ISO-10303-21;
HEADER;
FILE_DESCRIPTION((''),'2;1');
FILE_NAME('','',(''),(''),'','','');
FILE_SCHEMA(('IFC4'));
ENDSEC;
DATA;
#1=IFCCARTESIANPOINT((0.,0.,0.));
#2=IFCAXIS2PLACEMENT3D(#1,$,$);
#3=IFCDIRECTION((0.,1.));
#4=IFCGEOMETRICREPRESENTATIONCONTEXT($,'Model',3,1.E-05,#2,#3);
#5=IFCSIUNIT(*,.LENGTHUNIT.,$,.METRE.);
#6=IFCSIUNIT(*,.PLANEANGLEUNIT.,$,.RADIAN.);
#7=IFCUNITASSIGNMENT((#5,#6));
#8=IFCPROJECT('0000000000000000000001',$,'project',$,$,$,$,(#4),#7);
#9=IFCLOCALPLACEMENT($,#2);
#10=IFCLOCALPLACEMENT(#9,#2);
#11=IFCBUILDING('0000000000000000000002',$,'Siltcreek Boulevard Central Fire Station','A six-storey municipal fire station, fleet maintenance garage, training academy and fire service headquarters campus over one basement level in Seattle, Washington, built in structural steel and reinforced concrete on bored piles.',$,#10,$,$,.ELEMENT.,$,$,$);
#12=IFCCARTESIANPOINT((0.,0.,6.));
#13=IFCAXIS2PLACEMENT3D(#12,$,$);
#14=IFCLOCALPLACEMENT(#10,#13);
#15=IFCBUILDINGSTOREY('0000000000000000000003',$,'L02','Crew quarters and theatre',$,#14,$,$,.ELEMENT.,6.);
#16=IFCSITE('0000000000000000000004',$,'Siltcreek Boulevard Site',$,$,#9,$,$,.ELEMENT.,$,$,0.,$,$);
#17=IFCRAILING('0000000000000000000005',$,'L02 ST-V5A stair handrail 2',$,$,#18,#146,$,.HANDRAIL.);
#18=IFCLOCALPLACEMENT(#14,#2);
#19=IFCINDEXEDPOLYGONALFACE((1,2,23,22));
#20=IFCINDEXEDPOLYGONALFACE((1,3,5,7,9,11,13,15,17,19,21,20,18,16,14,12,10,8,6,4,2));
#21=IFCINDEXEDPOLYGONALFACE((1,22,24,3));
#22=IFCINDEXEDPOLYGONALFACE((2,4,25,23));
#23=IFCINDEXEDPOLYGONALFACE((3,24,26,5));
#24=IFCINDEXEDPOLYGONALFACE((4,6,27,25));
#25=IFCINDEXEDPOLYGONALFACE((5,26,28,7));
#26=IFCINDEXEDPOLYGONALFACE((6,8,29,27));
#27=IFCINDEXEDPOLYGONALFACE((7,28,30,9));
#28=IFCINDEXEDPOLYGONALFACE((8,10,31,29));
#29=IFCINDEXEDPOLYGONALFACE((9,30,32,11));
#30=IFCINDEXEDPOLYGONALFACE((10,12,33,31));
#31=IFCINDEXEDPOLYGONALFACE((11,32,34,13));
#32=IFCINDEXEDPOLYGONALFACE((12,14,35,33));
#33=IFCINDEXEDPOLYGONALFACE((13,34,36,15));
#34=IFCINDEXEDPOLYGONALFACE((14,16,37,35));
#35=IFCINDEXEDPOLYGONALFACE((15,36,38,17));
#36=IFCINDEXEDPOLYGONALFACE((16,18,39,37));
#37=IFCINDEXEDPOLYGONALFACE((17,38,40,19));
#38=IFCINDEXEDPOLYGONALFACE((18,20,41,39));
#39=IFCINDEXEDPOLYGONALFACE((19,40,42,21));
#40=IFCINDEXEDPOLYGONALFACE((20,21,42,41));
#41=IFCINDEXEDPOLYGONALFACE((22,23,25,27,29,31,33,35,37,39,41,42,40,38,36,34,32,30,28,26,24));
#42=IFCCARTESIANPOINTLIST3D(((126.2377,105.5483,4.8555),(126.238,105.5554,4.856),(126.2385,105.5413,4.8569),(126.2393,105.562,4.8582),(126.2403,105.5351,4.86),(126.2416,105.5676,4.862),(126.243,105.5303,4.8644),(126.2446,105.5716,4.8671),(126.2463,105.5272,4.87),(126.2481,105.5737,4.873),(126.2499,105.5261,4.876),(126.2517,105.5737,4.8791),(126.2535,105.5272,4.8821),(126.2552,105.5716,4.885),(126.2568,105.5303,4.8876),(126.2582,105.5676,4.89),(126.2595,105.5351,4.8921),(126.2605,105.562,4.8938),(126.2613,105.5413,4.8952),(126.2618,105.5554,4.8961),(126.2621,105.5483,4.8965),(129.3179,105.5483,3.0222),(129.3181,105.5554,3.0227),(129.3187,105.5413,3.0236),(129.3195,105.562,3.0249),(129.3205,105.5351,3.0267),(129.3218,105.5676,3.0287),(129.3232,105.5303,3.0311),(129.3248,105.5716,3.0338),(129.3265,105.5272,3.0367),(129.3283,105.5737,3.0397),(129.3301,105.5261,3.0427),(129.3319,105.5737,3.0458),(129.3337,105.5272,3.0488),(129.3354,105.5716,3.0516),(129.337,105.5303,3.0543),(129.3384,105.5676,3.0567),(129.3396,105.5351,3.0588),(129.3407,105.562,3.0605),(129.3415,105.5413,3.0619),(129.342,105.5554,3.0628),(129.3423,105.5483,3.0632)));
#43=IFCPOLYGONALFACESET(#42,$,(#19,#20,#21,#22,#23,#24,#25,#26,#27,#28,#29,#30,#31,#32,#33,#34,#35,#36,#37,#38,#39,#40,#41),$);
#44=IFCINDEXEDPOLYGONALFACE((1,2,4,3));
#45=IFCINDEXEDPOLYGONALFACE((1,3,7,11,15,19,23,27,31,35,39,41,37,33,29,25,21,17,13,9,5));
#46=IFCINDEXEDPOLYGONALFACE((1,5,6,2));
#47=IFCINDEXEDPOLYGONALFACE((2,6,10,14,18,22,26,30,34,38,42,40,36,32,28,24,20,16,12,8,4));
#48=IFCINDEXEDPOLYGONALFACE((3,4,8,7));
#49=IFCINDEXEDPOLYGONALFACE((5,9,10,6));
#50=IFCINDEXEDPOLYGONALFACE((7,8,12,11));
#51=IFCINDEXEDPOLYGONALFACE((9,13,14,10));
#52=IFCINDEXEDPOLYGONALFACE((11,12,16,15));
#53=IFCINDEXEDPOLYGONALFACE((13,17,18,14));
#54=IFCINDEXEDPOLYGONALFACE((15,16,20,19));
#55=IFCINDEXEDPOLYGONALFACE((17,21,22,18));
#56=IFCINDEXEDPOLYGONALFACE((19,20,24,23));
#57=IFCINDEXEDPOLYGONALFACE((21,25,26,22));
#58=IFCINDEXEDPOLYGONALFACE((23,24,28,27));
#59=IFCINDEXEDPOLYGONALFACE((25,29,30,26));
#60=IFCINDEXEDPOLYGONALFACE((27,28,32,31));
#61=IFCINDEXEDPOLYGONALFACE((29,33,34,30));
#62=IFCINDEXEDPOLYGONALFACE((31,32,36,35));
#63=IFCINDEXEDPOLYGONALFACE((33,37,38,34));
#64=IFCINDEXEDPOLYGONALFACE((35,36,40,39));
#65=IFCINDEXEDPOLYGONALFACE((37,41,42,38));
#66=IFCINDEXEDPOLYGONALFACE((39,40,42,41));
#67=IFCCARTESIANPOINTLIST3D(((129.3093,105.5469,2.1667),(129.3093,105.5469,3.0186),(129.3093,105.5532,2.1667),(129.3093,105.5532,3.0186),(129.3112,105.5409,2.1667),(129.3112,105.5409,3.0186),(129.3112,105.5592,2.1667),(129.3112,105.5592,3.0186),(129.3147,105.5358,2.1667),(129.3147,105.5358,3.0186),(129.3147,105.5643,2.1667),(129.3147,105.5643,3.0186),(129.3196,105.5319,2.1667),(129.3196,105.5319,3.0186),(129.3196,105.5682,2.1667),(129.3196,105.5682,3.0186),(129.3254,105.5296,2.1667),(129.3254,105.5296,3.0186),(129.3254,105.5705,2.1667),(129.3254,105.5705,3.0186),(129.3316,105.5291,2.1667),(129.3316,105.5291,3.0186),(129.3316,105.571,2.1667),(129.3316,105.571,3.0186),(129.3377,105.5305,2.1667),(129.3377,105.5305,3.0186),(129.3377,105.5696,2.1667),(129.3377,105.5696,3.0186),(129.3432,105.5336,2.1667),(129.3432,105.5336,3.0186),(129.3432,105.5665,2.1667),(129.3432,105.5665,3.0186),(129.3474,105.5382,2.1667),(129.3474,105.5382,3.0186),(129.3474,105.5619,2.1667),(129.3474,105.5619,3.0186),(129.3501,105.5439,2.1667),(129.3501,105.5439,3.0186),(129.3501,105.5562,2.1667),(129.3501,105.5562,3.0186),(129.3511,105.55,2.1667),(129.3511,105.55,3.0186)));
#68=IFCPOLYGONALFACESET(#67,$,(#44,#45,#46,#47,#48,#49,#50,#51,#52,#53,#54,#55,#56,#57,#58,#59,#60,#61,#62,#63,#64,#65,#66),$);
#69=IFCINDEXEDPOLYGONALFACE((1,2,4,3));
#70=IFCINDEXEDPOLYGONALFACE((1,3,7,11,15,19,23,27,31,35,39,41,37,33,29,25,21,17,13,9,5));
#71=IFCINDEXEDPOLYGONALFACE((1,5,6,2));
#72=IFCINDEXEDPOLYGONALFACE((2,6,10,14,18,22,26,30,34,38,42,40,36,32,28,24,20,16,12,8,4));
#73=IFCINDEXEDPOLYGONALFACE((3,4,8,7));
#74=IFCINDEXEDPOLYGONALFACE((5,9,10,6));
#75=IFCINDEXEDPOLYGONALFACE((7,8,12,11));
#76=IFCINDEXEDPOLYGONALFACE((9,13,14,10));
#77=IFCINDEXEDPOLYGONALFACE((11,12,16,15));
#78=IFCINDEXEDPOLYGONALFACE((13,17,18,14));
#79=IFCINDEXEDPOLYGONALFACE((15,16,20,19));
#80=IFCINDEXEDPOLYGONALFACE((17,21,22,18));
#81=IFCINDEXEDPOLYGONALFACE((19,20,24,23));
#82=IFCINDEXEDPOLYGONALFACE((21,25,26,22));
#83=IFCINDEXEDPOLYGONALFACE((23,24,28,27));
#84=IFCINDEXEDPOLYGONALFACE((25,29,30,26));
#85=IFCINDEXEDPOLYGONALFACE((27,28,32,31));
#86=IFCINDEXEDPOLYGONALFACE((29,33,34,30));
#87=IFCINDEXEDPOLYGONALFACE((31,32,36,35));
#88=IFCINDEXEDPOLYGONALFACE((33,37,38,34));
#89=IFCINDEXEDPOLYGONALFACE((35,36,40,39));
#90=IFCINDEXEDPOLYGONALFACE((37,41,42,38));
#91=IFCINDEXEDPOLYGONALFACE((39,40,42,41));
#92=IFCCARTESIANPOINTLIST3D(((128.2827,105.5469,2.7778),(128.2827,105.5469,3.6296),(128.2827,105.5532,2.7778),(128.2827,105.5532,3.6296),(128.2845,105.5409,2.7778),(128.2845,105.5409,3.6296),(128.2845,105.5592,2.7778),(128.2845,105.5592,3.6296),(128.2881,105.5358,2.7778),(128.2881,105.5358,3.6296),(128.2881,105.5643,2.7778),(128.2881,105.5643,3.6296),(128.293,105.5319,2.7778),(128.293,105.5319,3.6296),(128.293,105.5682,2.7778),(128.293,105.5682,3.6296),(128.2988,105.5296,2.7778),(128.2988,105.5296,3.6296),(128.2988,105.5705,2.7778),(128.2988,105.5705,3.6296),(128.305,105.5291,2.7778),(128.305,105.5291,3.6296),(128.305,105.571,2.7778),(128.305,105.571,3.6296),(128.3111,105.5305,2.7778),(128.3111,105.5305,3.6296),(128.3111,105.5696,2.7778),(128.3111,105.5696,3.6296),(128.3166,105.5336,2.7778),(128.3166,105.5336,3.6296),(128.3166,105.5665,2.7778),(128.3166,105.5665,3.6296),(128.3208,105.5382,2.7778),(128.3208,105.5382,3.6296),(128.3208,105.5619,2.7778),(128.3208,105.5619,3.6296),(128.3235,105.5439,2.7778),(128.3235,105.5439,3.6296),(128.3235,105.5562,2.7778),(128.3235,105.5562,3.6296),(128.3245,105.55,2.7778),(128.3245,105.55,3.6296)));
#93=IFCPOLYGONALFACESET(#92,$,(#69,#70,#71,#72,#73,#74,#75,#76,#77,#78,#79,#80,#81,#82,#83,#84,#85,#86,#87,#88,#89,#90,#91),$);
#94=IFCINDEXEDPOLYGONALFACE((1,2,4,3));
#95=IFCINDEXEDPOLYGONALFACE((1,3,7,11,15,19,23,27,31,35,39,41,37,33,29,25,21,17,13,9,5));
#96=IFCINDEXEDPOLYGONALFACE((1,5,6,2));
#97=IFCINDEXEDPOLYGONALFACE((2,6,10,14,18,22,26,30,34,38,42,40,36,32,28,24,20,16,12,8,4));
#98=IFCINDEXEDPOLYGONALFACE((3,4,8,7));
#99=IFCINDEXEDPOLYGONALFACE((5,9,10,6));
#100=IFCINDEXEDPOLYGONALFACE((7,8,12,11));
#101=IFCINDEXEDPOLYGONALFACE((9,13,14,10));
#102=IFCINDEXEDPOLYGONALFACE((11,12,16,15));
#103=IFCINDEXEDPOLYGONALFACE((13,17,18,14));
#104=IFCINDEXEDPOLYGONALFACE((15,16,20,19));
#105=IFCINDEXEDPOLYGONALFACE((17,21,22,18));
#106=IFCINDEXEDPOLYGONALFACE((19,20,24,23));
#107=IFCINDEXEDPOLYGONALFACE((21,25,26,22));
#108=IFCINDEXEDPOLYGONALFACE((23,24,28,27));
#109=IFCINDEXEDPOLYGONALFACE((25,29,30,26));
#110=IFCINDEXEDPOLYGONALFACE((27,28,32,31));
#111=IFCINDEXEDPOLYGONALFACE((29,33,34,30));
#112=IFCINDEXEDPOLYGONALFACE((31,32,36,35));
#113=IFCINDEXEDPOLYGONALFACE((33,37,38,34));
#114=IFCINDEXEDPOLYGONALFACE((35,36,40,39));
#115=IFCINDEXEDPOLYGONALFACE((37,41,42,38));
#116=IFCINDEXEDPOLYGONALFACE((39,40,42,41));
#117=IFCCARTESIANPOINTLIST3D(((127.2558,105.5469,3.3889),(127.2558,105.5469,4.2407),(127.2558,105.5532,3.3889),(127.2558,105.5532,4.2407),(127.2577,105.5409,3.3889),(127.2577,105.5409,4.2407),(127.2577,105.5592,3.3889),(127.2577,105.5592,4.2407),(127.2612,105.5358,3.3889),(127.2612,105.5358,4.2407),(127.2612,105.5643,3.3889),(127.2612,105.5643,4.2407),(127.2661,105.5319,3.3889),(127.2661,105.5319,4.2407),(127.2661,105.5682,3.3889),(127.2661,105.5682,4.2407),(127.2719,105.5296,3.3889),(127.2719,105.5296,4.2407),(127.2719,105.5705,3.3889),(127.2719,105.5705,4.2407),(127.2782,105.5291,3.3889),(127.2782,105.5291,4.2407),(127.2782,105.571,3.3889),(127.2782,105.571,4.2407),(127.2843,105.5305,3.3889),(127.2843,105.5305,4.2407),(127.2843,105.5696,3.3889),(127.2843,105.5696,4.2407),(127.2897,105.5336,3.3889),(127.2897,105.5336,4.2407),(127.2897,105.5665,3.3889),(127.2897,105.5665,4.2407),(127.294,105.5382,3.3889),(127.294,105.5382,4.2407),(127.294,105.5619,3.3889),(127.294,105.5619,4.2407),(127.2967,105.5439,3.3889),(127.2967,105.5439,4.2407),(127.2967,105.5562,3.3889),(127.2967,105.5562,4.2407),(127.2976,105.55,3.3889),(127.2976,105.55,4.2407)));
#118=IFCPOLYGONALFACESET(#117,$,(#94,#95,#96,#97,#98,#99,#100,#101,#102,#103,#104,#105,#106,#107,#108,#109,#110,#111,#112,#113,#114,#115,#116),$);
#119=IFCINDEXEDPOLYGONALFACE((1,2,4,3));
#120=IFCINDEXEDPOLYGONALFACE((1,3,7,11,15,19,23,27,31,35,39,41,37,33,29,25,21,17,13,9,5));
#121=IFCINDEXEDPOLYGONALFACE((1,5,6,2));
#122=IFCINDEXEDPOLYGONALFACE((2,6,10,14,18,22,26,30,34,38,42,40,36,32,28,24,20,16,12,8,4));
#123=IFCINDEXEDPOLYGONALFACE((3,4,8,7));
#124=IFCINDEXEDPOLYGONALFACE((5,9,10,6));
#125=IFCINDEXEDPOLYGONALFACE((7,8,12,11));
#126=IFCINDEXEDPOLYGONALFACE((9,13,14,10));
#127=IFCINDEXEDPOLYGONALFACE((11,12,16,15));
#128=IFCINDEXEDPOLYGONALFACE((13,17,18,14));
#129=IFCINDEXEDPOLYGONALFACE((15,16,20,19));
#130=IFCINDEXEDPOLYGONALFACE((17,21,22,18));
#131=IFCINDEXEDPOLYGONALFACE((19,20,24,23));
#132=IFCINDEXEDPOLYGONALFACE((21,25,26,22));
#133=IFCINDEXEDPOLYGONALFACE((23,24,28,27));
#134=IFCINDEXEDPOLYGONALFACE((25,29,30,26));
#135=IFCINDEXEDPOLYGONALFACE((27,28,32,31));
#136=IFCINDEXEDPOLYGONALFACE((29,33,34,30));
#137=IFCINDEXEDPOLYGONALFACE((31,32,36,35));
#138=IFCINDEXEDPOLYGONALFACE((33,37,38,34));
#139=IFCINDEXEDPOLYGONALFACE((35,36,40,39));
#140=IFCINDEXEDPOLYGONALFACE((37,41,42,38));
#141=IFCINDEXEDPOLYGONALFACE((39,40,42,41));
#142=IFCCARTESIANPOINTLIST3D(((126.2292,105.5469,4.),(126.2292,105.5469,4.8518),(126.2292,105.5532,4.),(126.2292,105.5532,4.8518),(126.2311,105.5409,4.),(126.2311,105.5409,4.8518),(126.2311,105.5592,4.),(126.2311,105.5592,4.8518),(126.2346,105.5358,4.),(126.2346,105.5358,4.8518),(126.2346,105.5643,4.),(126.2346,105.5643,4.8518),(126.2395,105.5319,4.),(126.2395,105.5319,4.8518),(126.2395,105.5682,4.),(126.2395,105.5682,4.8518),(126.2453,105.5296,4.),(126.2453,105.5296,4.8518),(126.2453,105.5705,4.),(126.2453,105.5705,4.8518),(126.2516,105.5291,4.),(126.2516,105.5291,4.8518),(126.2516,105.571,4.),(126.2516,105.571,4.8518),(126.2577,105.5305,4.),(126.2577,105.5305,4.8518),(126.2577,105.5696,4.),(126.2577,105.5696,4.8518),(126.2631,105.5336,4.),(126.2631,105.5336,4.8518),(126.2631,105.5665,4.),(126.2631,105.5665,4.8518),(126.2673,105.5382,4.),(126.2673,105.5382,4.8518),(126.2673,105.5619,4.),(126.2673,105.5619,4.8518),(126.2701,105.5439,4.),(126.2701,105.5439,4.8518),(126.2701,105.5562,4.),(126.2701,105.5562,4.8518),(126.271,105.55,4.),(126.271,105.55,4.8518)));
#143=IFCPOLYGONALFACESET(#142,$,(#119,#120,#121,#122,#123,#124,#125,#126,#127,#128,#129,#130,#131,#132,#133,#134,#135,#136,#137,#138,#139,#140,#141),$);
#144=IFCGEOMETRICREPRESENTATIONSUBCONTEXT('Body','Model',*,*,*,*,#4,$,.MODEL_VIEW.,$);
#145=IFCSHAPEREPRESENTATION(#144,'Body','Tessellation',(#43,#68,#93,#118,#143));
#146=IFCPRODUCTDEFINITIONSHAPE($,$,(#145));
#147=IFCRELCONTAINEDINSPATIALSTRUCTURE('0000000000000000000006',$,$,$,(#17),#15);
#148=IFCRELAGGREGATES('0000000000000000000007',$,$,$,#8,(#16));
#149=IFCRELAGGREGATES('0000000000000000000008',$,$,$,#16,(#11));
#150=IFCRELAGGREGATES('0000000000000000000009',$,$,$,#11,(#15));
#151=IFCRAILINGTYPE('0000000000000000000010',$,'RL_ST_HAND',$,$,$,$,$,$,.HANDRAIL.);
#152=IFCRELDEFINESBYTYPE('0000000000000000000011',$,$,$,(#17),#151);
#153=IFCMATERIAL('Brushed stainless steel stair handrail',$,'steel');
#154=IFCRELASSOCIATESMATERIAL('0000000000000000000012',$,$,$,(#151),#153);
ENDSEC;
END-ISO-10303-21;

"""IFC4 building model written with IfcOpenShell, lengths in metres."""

from ifc_helpers import new_model, si_unit, direction, frame, origin, origin_2d, place, context, subcontext, project, spatial, circle, extrude, material, type_object, element, save


model = new_model("IFC4")

# Units and contexts
model_context = context("Model", 3, precision=1e-05, world=origin(), true_north=direction((0.0, 1.0)))
body_context = subcontext(model_context, "Body", "Model", "MODEL_VIEW")
ifc_project = project(units=[si_unit("LENGTHUNIT", "METRE"), si_unit("PLANEANGLEUNIT", "RADIAN")], contexts=[model_context])

# Site, building, storey
site_placement = place(None, origin())
site = spatial("IfcSite", under=ifc_project, at=site_placement, Name="Siltcreek Boulevard Site", CompositionType="ELEMENT", RefElevation=0.0)
building_placement = place(site_placement, origin())
building = spatial("IfcBuilding", under=site, at=building_placement, Name="Siltcreek Boulevard Central Fire Station", Description="A six-storey municipal fire station, fleet maintenance garage, training academy and fire service headquarters campus over one basement level in Seattle, Washington, built in structural steel and reinforced concrete on bored piles.", CompositionType="ELEMENT")
storey_placement = place(building_placement, frame((0.0, 0.0, 6.0)))
storey = spatial("IfcBuildingStorey", under=building, at=storey_placement, Name="L02", Description="Crew quarters and theatre", CompositionType="ELEMENT", Elevation=6.0)

# Railing
ifc_material_1 = material(Name="Brushed stainless steel stair handrail", Category="steel")
railing_type_1 = type_object("IfcRailingType", Name="RL_ST_HAND", PredefinedType="HANDRAIL", material=ifc_material_1)
railing_1_placement = place(storey_placement, frame((129.3301, 105.55, 2.1667)))
element("IfcRailing", 1, at=railing_1_placement, inside=storey, type_object=railing_type_1, Name="L02 ST-V5A stair handrail 2", PredefinedType="HANDRAIL", context=body_context, shape_type="SweptSolid", body=[
    extrude(circle(Radius=0.0239, at=origin_2d()), frame((0.0, 0.0, 0.876), z_axis=(-0.859309, 0.0, 0.511458), x_axis=(0.0, -1.0, 0.0)), (0.0, 0.0, 1.0), 3.5845),
    extrude(circle(Radius=0.021, at=origin_2d()), origin(), (0.0, 0.0, 1.0), 0.8518),
    extrude(circle(Radius=0.021, at=origin_2d()), frame((-1.0266, 0.0, 0.6111)), (0.0, 0.0, 1.0), 0.8518),
    extrude(circle(Radius=0.021, at=origin_2d()), frame((-2.0535, 0.0, 1.2222)), (0.0, 0.0, 1.0), 0.8518),
    extrude(circle(Radius=0.021, at=origin_2d()), frame((-3.0801, 0.0, 1.8333)), (0.0, 0.0, 1.0), 0.8518),
])

save(model, "model.ifc")
